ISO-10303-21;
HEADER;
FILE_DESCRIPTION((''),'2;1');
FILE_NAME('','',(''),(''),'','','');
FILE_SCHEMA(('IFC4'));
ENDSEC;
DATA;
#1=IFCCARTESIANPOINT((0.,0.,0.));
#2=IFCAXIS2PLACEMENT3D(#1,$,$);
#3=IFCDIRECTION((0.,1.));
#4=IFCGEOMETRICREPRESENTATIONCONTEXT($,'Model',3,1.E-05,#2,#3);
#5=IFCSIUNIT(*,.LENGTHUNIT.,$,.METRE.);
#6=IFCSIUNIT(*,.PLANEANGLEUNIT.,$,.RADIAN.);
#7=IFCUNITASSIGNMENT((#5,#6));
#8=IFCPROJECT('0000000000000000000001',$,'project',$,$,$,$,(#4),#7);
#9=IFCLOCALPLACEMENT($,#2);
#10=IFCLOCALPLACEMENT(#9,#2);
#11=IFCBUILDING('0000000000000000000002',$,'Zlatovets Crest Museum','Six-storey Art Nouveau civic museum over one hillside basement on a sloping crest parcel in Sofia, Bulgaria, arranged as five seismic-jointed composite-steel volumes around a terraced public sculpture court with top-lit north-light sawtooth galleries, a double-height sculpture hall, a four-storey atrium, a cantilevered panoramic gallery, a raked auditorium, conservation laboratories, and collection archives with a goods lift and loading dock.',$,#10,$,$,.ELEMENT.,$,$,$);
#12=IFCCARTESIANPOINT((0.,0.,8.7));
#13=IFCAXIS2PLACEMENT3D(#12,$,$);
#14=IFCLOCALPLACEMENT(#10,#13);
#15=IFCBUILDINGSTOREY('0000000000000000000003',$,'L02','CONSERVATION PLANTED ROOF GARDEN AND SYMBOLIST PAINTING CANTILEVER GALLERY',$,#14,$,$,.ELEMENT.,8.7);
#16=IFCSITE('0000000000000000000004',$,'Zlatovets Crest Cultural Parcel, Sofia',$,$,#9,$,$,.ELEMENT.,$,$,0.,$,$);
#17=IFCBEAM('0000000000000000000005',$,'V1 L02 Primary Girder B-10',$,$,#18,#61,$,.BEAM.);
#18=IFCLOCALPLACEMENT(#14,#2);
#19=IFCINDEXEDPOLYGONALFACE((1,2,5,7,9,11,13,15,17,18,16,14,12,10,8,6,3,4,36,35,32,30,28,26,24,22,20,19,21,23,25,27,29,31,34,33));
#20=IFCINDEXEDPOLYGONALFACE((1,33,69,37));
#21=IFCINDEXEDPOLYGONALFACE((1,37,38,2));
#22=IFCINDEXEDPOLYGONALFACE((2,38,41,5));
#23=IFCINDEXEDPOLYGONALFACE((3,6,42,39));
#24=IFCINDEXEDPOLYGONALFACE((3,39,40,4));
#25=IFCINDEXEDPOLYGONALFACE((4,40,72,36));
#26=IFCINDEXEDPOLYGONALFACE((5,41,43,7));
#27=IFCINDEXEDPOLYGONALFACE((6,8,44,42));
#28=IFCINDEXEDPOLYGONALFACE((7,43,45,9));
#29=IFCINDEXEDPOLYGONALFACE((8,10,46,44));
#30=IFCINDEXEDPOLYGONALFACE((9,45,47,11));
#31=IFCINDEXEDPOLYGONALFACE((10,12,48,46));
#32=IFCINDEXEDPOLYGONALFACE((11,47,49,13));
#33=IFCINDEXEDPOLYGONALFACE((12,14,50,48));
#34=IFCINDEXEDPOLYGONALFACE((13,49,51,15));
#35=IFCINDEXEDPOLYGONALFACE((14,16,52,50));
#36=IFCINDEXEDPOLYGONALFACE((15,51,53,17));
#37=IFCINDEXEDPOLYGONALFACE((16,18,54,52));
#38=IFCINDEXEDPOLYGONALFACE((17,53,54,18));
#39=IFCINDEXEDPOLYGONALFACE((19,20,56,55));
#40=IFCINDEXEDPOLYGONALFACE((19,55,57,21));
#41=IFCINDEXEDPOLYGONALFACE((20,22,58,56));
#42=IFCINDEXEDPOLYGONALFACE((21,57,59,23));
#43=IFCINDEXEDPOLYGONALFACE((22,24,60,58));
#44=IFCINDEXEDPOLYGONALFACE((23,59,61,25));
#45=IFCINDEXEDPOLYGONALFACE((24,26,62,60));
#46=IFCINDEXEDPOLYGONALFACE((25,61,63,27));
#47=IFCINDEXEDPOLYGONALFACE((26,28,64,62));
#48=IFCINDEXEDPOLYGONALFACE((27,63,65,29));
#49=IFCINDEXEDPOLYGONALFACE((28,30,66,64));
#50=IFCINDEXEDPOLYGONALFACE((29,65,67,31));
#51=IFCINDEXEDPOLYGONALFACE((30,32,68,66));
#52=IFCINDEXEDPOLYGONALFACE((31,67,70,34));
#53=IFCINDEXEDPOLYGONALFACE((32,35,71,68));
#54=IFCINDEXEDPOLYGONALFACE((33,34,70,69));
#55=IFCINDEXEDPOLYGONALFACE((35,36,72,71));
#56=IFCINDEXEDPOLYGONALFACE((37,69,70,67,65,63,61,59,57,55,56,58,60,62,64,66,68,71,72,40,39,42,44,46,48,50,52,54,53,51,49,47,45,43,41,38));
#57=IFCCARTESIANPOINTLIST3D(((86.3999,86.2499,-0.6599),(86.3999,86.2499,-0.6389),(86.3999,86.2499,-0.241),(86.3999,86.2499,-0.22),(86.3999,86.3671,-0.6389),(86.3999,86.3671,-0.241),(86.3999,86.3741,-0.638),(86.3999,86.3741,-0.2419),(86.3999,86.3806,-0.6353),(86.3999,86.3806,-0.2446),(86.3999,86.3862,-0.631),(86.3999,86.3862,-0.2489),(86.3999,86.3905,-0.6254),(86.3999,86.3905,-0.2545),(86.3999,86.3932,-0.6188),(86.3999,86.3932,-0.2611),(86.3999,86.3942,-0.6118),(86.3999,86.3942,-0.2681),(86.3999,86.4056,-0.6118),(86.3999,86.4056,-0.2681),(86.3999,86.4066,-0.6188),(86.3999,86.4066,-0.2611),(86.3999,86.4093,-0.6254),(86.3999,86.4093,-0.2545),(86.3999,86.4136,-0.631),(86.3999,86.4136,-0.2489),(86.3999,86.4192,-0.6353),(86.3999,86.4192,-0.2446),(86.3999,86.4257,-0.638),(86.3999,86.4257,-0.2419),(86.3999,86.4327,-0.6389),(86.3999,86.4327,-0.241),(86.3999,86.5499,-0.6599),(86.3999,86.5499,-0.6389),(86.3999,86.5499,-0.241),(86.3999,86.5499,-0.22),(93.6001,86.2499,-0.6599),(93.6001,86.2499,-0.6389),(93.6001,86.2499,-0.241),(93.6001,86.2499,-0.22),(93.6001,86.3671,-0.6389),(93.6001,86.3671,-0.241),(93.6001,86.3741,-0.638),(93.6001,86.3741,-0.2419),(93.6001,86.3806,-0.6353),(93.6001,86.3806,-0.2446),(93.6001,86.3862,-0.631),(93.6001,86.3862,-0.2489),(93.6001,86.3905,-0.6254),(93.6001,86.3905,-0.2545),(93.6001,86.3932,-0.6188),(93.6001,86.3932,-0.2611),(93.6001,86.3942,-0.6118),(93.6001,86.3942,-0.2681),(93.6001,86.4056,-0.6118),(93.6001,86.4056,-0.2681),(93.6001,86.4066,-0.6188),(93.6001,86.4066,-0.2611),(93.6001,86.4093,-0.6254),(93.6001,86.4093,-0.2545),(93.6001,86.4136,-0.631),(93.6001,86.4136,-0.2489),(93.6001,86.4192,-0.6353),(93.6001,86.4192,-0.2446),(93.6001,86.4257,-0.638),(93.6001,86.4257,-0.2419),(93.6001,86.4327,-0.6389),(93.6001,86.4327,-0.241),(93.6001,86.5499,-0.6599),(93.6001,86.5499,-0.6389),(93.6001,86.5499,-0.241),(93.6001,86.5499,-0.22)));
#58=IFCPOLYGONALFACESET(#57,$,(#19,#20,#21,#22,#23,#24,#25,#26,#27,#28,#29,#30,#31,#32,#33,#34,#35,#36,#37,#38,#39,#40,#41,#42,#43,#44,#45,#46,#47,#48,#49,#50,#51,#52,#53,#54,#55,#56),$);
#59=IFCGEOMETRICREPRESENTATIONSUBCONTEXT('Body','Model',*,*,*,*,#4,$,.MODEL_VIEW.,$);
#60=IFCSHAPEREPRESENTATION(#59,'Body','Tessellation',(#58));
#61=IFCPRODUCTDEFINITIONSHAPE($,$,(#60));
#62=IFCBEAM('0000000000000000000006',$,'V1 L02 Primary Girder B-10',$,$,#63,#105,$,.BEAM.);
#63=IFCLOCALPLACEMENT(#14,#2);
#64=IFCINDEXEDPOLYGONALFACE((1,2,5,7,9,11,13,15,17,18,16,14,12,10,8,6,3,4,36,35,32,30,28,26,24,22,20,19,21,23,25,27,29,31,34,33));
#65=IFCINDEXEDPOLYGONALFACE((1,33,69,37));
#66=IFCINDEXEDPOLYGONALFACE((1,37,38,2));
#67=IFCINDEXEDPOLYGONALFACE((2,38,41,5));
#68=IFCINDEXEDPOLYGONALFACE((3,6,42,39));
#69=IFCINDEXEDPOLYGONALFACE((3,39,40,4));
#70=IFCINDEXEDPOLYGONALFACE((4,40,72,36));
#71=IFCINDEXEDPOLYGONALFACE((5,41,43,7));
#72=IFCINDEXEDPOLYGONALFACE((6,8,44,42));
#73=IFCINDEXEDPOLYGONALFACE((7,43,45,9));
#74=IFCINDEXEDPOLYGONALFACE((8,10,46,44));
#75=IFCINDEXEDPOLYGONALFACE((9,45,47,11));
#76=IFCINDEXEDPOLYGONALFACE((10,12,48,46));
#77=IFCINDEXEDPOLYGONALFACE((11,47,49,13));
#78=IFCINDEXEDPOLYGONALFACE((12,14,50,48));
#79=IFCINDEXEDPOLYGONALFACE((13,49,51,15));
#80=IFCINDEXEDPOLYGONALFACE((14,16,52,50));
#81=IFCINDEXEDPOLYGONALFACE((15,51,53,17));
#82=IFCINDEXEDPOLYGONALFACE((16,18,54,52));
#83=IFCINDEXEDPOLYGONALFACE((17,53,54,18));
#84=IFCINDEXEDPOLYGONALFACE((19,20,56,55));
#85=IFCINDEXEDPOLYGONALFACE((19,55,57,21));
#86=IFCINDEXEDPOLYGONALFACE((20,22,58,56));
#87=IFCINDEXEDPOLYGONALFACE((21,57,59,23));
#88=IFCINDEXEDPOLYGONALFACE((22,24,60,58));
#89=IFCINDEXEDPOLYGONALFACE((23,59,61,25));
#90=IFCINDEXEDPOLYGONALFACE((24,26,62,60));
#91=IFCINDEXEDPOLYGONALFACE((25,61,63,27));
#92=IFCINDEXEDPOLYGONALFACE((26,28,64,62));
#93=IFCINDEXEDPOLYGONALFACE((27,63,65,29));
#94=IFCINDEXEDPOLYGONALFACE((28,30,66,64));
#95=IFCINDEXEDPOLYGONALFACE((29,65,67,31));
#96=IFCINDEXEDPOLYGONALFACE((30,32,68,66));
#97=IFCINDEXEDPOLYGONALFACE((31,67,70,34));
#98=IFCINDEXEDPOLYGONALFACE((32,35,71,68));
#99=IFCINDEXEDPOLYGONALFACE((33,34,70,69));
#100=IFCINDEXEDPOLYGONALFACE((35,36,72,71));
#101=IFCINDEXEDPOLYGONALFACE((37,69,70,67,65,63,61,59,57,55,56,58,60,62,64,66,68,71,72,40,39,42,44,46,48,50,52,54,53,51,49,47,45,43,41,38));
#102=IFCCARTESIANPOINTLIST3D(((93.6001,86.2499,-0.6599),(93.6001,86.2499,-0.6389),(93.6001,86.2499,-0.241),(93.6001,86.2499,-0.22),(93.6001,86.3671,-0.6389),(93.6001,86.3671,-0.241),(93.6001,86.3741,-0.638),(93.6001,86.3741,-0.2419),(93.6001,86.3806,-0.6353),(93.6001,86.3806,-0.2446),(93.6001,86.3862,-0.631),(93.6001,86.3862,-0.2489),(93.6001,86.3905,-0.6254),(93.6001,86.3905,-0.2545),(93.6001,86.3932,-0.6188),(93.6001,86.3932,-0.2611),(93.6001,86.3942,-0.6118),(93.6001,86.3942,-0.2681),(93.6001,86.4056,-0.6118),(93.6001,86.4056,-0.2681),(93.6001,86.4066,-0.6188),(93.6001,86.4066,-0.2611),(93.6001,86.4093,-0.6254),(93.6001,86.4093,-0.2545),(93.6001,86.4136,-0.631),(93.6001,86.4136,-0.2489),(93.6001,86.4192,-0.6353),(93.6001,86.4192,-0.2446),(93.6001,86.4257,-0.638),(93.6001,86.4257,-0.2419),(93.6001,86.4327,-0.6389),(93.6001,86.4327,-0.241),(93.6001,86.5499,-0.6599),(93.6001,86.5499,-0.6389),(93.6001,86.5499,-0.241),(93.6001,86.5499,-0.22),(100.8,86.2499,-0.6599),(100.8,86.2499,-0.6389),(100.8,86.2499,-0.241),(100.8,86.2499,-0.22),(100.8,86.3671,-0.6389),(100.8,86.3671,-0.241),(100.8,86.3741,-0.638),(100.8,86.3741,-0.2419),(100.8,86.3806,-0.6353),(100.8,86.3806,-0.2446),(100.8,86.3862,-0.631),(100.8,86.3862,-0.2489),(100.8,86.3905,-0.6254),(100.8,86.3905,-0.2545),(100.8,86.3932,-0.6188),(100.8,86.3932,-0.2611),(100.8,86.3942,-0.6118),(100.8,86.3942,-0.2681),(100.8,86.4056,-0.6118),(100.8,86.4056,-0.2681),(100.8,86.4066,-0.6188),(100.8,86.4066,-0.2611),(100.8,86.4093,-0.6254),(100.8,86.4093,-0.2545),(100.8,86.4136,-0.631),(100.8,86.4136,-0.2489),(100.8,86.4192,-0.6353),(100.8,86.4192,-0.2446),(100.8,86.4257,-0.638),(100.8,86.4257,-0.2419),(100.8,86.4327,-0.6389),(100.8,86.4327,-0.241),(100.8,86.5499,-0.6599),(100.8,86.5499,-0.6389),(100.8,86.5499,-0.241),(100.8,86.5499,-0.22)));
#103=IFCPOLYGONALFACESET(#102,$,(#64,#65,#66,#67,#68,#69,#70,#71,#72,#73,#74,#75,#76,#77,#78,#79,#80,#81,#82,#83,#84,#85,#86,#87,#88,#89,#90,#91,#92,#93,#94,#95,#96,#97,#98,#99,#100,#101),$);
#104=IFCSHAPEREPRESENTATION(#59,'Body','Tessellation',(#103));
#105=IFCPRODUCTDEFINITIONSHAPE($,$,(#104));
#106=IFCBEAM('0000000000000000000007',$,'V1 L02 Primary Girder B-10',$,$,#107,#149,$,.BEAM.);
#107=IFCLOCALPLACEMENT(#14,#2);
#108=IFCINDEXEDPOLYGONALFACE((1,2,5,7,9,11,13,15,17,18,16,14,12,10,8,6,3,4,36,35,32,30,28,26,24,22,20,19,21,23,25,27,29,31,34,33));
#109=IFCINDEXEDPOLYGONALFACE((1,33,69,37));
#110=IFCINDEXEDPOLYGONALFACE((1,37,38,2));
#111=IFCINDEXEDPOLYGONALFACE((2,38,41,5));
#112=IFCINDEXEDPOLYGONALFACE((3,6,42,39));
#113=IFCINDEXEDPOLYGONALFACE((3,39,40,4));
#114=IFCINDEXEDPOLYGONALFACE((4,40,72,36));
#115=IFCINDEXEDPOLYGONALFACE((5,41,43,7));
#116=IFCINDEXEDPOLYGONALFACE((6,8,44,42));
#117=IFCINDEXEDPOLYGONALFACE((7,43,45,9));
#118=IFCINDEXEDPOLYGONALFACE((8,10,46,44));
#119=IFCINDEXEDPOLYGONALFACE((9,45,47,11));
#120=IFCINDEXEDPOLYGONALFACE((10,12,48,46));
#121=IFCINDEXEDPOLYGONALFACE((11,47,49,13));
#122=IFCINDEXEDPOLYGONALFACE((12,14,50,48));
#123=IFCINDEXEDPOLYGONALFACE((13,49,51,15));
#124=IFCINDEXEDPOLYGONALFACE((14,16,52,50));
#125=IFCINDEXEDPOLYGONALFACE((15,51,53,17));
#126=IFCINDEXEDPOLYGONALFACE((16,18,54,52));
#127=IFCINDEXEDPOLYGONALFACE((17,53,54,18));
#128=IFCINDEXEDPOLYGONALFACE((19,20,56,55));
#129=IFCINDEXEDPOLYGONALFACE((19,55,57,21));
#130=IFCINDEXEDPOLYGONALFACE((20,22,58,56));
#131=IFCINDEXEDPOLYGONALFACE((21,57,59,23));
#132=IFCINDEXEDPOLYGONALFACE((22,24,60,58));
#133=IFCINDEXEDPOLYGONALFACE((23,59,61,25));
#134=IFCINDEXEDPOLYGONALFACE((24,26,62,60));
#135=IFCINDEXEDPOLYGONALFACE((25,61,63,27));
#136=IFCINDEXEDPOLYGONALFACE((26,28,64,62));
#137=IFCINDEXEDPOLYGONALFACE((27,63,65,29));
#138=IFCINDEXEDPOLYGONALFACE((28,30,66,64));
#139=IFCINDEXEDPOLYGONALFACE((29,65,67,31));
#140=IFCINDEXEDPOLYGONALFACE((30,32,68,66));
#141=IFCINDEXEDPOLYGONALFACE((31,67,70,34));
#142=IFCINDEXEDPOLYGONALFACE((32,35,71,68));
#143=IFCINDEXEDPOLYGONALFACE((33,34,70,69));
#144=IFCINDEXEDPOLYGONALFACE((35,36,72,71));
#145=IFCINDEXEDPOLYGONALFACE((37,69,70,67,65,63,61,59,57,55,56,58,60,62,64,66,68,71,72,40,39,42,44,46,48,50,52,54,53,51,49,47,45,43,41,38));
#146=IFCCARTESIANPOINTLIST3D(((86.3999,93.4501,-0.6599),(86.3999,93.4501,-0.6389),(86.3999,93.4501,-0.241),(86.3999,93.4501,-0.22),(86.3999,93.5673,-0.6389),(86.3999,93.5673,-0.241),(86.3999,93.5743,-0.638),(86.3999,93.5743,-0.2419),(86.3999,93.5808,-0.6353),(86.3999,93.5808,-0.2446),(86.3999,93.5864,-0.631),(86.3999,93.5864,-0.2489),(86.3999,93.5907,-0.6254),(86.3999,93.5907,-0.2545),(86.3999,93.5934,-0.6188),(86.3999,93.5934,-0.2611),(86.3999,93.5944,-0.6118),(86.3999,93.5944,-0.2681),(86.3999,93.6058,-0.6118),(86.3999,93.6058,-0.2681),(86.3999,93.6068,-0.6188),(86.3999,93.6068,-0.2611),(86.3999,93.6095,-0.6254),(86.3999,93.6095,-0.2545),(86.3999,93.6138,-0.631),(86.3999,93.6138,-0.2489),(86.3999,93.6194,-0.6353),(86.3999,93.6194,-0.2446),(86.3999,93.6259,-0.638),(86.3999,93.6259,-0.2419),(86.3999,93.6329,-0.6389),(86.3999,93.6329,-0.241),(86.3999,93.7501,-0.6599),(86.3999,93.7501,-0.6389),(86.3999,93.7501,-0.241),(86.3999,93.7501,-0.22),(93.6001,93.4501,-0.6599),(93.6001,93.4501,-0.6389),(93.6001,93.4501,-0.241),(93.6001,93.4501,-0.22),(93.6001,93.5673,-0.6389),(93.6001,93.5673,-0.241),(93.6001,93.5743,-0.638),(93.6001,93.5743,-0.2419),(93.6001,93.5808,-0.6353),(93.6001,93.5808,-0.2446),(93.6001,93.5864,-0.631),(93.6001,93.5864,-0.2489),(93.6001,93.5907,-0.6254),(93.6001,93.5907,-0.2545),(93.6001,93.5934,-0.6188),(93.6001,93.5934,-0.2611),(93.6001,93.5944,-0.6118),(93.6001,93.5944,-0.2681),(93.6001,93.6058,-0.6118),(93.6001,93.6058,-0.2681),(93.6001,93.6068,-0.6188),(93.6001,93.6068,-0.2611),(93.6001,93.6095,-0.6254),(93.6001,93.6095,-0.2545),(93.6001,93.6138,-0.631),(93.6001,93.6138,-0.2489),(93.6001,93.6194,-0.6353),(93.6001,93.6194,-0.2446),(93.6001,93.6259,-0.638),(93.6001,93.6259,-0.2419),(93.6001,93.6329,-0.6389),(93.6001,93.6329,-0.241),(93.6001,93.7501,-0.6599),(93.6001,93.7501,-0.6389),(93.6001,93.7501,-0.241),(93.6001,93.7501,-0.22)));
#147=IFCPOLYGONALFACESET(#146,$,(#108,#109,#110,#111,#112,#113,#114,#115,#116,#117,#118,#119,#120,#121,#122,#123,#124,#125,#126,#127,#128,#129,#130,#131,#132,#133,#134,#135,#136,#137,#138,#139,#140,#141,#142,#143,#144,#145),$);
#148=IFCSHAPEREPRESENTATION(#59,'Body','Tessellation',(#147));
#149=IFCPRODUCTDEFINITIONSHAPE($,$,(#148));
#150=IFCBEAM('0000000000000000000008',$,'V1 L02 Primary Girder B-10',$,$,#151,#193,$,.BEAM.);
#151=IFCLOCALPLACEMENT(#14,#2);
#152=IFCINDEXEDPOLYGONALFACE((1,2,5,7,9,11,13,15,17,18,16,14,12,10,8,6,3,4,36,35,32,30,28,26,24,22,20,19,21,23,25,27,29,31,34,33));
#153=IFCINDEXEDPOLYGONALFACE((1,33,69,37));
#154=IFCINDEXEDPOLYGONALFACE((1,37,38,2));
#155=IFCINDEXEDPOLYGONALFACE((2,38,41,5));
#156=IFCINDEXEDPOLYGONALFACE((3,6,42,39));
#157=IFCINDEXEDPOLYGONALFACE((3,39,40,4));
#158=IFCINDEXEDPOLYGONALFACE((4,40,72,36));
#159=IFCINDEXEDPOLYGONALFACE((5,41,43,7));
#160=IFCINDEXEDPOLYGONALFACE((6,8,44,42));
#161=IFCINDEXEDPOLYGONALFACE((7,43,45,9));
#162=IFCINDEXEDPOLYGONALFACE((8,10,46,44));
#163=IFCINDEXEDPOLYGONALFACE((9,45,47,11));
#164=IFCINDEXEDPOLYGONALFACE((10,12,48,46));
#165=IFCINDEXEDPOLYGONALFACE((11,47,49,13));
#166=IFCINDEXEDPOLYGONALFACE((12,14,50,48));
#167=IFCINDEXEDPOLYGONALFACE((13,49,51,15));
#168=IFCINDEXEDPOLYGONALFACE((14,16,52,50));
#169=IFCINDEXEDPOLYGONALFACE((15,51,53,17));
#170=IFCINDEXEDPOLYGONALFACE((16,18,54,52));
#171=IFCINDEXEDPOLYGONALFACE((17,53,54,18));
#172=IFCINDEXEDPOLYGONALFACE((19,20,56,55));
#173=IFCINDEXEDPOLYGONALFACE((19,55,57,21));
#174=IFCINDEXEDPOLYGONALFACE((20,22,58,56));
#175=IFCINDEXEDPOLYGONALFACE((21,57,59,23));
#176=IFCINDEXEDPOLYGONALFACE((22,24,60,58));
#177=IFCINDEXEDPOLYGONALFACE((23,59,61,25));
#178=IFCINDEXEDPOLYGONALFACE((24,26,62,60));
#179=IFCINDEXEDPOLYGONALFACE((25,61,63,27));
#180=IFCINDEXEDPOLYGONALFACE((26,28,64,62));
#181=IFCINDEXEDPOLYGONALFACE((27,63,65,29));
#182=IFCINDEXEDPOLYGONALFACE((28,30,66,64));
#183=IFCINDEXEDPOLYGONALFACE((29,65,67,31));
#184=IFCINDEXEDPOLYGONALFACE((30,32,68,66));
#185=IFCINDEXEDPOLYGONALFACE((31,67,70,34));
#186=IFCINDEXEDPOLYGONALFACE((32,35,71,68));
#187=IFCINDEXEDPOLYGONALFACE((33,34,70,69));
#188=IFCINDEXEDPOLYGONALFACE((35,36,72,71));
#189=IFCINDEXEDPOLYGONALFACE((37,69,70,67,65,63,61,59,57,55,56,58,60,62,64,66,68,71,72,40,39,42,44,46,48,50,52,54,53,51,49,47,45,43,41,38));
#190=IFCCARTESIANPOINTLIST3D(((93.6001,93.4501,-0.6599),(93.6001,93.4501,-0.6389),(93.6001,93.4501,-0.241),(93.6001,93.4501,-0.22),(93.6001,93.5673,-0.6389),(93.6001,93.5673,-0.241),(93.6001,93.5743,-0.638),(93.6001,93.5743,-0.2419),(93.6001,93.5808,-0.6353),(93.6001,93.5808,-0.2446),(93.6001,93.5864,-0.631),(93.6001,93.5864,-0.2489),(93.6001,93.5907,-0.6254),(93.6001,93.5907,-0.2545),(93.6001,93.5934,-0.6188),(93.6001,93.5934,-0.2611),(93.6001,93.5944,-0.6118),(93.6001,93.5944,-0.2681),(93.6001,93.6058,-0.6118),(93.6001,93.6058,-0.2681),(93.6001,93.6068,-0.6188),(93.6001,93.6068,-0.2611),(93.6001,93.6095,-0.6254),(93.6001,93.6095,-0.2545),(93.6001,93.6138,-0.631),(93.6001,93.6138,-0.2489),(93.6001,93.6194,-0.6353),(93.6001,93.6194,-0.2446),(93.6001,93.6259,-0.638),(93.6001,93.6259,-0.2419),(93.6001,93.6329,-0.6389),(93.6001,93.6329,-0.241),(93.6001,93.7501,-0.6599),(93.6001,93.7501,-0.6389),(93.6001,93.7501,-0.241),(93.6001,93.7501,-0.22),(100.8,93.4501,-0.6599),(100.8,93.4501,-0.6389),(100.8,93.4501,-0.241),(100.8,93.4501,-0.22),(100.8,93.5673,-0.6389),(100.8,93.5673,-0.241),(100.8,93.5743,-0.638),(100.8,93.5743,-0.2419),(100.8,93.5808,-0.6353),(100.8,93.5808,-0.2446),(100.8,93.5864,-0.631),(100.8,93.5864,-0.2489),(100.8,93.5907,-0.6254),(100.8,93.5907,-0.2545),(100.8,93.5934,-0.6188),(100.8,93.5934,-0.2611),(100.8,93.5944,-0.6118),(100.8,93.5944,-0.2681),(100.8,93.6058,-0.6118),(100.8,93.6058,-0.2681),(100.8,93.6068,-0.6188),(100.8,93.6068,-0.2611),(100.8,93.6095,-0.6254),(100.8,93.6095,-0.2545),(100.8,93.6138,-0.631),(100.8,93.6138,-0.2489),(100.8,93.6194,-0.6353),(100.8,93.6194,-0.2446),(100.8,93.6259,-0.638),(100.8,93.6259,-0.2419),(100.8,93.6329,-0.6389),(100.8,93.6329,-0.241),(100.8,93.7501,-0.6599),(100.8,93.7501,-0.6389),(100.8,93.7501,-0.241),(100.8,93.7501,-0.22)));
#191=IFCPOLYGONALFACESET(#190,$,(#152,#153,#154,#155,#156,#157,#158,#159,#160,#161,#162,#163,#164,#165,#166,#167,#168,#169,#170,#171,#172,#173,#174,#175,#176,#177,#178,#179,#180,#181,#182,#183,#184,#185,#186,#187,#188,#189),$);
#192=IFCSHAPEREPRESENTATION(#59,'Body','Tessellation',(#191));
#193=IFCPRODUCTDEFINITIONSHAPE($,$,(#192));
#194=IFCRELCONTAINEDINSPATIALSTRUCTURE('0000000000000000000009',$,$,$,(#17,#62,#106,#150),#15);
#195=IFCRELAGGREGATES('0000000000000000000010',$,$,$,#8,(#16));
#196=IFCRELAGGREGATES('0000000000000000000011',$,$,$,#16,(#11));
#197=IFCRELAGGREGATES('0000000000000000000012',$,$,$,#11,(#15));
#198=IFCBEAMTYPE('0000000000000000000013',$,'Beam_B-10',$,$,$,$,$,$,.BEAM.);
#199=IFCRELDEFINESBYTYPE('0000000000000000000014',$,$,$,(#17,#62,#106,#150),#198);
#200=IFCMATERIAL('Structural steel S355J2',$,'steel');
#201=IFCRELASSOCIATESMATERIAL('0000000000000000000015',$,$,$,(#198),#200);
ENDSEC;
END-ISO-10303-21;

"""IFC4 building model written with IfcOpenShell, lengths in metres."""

from ifc_helpers import new_model, si_unit, direction, frame, origin, origin_2d, place, context, subcontext, project, spatial, i_section, extrude, material, material_profile, profile_set, type_object, element, save


model = new_model("IFC4")

# Units and contexts
model_context = context("Model", 3, precision=1e-05, world=origin(), true_north=direction((0.0, 1.0)))
body_context = subcontext(model_context, "Body", "Model", "MODEL_VIEW")
ifc_project = project(units=[si_unit("LENGTHUNIT", "METRE"), si_unit("PLANEANGLEUNIT", "RADIAN")], contexts=[model_context])

# Site, building, storey
site_placement = place(None, origin())
site = spatial("IfcSite", under=ifc_project, at=site_placement, Name="Zlatovets Crest Cultural Parcel, Sofia", CompositionType="ELEMENT", RefElevation=0.0)
building_placement = place(site_placement, origin())
building = spatial("IfcBuilding", under=site, at=building_placement, Name="Zlatovets Crest Museum", Description="Six-storey Art Nouveau civic museum over one hillside basement on a sloping crest parcel in Sofia, Bulgaria, arranged as five seismic-jointed composite-steel volumes around a terraced public sculpture court with top-lit north-light sawtooth galleries, a double-height sculpture hall, a four-storey atrium, a cantilevered panoramic gallery, a raked auditorium, conservation laboratories, and collection archives with a goods lift and loading dock.", CompositionType="ELEMENT")
storey_placement = place(building_placement, frame((0.0, 0.0, 8.7)))
storey = spatial("IfcBuildingStorey", under=building, at=storey_placement, Name="L02", Description="CONSERVATION PLANTED ROOF GARDEN AND SYMBOLIST PAINTING CANTILEVER GALLERY", CompositionType="ELEMENT", Elevation=8.7)

# Shared definitions
ifc_material_1 = material(Name="Structural steel S355J2", Category="steel")

# Beams
ifc_material_profile_1 = material_profile(ifc_material_1, i_section(OverallWidth=0.3, OverallDepth=0.4399, WebThickness=0.0115, FlangeThickness=0.021, FilletRadius=0.0271, at=origin_2d()), Name="HEA 450")
ifc_profile_set_1 = profile_set([ifc_material_profile_1], Name="Structural steel S355J2")
beam_type_1 = type_object("IfcBeamType", Name="Beam_B-10", PredefinedType="BEAM", material=ifc_profile_set_1)
beam_1_placement = place(storey_placement, frame((86.3999, 86.3999, -0.4399), z_axis=(1.0, 0.0, 0.0), x_axis=(0.0, 1.0, 0.0)))
element("IfcBeam", 1, at=beam_1_placement, inside=storey, type_object=beam_type_1, Name="V1 L02 Primary Girder B-10", PredefinedType="BEAM", context=body_context, shape_type="SweptSolid", body=[
    extrude(i_section(OverallWidth=0.3, OverallDepth=0.4399, WebThickness=0.0115, FlangeThickness=0.021, FilletRadius=0.0271, at=origin_2d()), origin(), (0.0, 0.0, 1.0), 7.2002),
])
beam_2_placement = place(storey_placement, frame((93.6001, 86.3999, -0.4399), z_axis=(1.0, 0.0, 0.0), x_axis=(0.0, 1.0, 0.0)))
element("IfcBeam", 2, at=beam_2_placement, inside=storey, type_object=beam_type_1, Name="V1 L02 Primary Girder B-10", PredefinedType="BEAM", context=body_context, shape_type="SweptSolid", body=[
    extrude(i_section(OverallWidth=0.3, OverallDepth=0.4399, WebThickness=0.0115, FlangeThickness=0.021, FilletRadius=0.0271, at=origin_2d()), origin(), (0.0, 0.0, 1.0), 7.2),
])
beam_3_placement = place(storey_placement, frame((86.3999, 93.6001, -0.4399), z_axis=(1.0, 0.0, 0.0), x_axis=(0.0, 1.0, 0.0)))
element("IfcBeam", 3, at=beam_3_placement, inside=storey, type_object=beam_type_1, Name="V1 L02 Primary Girder B-10", PredefinedType="BEAM", context=body_context, shape_type="SweptSolid", body=[
    extrude(i_section(OverallWidth=0.3, OverallDepth=0.4399, WebThickness=0.0115, FlangeThickness=0.021, FilletRadius=0.0271, at=origin_2d()), origin(), (0.0, 0.0, 1.0), 7.2002),
])
beam_4_placement = place(storey_placement, frame((93.6001, 93.6001, -0.4399), z_axis=(1.0, 0.0, 0.0), x_axis=(0.0, 1.0, 0.0)))
element("IfcBeam", 4, at=beam_4_placement, inside=storey, type_object=beam_type_1, Name="V1 L02 Primary Girder B-10", PredefinedType="BEAM", context=body_context, shape_type="SweptSolid", body=[
    extrude(i_section(OverallWidth=0.3, OverallDepth=0.4399, WebThickness=0.0115, FlangeThickness=0.021, FilletRadius=0.0271, at=origin_2d()), origin(), (0.0, 0.0, 1.0), 7.2),
])

save(model, "model.ifc")
